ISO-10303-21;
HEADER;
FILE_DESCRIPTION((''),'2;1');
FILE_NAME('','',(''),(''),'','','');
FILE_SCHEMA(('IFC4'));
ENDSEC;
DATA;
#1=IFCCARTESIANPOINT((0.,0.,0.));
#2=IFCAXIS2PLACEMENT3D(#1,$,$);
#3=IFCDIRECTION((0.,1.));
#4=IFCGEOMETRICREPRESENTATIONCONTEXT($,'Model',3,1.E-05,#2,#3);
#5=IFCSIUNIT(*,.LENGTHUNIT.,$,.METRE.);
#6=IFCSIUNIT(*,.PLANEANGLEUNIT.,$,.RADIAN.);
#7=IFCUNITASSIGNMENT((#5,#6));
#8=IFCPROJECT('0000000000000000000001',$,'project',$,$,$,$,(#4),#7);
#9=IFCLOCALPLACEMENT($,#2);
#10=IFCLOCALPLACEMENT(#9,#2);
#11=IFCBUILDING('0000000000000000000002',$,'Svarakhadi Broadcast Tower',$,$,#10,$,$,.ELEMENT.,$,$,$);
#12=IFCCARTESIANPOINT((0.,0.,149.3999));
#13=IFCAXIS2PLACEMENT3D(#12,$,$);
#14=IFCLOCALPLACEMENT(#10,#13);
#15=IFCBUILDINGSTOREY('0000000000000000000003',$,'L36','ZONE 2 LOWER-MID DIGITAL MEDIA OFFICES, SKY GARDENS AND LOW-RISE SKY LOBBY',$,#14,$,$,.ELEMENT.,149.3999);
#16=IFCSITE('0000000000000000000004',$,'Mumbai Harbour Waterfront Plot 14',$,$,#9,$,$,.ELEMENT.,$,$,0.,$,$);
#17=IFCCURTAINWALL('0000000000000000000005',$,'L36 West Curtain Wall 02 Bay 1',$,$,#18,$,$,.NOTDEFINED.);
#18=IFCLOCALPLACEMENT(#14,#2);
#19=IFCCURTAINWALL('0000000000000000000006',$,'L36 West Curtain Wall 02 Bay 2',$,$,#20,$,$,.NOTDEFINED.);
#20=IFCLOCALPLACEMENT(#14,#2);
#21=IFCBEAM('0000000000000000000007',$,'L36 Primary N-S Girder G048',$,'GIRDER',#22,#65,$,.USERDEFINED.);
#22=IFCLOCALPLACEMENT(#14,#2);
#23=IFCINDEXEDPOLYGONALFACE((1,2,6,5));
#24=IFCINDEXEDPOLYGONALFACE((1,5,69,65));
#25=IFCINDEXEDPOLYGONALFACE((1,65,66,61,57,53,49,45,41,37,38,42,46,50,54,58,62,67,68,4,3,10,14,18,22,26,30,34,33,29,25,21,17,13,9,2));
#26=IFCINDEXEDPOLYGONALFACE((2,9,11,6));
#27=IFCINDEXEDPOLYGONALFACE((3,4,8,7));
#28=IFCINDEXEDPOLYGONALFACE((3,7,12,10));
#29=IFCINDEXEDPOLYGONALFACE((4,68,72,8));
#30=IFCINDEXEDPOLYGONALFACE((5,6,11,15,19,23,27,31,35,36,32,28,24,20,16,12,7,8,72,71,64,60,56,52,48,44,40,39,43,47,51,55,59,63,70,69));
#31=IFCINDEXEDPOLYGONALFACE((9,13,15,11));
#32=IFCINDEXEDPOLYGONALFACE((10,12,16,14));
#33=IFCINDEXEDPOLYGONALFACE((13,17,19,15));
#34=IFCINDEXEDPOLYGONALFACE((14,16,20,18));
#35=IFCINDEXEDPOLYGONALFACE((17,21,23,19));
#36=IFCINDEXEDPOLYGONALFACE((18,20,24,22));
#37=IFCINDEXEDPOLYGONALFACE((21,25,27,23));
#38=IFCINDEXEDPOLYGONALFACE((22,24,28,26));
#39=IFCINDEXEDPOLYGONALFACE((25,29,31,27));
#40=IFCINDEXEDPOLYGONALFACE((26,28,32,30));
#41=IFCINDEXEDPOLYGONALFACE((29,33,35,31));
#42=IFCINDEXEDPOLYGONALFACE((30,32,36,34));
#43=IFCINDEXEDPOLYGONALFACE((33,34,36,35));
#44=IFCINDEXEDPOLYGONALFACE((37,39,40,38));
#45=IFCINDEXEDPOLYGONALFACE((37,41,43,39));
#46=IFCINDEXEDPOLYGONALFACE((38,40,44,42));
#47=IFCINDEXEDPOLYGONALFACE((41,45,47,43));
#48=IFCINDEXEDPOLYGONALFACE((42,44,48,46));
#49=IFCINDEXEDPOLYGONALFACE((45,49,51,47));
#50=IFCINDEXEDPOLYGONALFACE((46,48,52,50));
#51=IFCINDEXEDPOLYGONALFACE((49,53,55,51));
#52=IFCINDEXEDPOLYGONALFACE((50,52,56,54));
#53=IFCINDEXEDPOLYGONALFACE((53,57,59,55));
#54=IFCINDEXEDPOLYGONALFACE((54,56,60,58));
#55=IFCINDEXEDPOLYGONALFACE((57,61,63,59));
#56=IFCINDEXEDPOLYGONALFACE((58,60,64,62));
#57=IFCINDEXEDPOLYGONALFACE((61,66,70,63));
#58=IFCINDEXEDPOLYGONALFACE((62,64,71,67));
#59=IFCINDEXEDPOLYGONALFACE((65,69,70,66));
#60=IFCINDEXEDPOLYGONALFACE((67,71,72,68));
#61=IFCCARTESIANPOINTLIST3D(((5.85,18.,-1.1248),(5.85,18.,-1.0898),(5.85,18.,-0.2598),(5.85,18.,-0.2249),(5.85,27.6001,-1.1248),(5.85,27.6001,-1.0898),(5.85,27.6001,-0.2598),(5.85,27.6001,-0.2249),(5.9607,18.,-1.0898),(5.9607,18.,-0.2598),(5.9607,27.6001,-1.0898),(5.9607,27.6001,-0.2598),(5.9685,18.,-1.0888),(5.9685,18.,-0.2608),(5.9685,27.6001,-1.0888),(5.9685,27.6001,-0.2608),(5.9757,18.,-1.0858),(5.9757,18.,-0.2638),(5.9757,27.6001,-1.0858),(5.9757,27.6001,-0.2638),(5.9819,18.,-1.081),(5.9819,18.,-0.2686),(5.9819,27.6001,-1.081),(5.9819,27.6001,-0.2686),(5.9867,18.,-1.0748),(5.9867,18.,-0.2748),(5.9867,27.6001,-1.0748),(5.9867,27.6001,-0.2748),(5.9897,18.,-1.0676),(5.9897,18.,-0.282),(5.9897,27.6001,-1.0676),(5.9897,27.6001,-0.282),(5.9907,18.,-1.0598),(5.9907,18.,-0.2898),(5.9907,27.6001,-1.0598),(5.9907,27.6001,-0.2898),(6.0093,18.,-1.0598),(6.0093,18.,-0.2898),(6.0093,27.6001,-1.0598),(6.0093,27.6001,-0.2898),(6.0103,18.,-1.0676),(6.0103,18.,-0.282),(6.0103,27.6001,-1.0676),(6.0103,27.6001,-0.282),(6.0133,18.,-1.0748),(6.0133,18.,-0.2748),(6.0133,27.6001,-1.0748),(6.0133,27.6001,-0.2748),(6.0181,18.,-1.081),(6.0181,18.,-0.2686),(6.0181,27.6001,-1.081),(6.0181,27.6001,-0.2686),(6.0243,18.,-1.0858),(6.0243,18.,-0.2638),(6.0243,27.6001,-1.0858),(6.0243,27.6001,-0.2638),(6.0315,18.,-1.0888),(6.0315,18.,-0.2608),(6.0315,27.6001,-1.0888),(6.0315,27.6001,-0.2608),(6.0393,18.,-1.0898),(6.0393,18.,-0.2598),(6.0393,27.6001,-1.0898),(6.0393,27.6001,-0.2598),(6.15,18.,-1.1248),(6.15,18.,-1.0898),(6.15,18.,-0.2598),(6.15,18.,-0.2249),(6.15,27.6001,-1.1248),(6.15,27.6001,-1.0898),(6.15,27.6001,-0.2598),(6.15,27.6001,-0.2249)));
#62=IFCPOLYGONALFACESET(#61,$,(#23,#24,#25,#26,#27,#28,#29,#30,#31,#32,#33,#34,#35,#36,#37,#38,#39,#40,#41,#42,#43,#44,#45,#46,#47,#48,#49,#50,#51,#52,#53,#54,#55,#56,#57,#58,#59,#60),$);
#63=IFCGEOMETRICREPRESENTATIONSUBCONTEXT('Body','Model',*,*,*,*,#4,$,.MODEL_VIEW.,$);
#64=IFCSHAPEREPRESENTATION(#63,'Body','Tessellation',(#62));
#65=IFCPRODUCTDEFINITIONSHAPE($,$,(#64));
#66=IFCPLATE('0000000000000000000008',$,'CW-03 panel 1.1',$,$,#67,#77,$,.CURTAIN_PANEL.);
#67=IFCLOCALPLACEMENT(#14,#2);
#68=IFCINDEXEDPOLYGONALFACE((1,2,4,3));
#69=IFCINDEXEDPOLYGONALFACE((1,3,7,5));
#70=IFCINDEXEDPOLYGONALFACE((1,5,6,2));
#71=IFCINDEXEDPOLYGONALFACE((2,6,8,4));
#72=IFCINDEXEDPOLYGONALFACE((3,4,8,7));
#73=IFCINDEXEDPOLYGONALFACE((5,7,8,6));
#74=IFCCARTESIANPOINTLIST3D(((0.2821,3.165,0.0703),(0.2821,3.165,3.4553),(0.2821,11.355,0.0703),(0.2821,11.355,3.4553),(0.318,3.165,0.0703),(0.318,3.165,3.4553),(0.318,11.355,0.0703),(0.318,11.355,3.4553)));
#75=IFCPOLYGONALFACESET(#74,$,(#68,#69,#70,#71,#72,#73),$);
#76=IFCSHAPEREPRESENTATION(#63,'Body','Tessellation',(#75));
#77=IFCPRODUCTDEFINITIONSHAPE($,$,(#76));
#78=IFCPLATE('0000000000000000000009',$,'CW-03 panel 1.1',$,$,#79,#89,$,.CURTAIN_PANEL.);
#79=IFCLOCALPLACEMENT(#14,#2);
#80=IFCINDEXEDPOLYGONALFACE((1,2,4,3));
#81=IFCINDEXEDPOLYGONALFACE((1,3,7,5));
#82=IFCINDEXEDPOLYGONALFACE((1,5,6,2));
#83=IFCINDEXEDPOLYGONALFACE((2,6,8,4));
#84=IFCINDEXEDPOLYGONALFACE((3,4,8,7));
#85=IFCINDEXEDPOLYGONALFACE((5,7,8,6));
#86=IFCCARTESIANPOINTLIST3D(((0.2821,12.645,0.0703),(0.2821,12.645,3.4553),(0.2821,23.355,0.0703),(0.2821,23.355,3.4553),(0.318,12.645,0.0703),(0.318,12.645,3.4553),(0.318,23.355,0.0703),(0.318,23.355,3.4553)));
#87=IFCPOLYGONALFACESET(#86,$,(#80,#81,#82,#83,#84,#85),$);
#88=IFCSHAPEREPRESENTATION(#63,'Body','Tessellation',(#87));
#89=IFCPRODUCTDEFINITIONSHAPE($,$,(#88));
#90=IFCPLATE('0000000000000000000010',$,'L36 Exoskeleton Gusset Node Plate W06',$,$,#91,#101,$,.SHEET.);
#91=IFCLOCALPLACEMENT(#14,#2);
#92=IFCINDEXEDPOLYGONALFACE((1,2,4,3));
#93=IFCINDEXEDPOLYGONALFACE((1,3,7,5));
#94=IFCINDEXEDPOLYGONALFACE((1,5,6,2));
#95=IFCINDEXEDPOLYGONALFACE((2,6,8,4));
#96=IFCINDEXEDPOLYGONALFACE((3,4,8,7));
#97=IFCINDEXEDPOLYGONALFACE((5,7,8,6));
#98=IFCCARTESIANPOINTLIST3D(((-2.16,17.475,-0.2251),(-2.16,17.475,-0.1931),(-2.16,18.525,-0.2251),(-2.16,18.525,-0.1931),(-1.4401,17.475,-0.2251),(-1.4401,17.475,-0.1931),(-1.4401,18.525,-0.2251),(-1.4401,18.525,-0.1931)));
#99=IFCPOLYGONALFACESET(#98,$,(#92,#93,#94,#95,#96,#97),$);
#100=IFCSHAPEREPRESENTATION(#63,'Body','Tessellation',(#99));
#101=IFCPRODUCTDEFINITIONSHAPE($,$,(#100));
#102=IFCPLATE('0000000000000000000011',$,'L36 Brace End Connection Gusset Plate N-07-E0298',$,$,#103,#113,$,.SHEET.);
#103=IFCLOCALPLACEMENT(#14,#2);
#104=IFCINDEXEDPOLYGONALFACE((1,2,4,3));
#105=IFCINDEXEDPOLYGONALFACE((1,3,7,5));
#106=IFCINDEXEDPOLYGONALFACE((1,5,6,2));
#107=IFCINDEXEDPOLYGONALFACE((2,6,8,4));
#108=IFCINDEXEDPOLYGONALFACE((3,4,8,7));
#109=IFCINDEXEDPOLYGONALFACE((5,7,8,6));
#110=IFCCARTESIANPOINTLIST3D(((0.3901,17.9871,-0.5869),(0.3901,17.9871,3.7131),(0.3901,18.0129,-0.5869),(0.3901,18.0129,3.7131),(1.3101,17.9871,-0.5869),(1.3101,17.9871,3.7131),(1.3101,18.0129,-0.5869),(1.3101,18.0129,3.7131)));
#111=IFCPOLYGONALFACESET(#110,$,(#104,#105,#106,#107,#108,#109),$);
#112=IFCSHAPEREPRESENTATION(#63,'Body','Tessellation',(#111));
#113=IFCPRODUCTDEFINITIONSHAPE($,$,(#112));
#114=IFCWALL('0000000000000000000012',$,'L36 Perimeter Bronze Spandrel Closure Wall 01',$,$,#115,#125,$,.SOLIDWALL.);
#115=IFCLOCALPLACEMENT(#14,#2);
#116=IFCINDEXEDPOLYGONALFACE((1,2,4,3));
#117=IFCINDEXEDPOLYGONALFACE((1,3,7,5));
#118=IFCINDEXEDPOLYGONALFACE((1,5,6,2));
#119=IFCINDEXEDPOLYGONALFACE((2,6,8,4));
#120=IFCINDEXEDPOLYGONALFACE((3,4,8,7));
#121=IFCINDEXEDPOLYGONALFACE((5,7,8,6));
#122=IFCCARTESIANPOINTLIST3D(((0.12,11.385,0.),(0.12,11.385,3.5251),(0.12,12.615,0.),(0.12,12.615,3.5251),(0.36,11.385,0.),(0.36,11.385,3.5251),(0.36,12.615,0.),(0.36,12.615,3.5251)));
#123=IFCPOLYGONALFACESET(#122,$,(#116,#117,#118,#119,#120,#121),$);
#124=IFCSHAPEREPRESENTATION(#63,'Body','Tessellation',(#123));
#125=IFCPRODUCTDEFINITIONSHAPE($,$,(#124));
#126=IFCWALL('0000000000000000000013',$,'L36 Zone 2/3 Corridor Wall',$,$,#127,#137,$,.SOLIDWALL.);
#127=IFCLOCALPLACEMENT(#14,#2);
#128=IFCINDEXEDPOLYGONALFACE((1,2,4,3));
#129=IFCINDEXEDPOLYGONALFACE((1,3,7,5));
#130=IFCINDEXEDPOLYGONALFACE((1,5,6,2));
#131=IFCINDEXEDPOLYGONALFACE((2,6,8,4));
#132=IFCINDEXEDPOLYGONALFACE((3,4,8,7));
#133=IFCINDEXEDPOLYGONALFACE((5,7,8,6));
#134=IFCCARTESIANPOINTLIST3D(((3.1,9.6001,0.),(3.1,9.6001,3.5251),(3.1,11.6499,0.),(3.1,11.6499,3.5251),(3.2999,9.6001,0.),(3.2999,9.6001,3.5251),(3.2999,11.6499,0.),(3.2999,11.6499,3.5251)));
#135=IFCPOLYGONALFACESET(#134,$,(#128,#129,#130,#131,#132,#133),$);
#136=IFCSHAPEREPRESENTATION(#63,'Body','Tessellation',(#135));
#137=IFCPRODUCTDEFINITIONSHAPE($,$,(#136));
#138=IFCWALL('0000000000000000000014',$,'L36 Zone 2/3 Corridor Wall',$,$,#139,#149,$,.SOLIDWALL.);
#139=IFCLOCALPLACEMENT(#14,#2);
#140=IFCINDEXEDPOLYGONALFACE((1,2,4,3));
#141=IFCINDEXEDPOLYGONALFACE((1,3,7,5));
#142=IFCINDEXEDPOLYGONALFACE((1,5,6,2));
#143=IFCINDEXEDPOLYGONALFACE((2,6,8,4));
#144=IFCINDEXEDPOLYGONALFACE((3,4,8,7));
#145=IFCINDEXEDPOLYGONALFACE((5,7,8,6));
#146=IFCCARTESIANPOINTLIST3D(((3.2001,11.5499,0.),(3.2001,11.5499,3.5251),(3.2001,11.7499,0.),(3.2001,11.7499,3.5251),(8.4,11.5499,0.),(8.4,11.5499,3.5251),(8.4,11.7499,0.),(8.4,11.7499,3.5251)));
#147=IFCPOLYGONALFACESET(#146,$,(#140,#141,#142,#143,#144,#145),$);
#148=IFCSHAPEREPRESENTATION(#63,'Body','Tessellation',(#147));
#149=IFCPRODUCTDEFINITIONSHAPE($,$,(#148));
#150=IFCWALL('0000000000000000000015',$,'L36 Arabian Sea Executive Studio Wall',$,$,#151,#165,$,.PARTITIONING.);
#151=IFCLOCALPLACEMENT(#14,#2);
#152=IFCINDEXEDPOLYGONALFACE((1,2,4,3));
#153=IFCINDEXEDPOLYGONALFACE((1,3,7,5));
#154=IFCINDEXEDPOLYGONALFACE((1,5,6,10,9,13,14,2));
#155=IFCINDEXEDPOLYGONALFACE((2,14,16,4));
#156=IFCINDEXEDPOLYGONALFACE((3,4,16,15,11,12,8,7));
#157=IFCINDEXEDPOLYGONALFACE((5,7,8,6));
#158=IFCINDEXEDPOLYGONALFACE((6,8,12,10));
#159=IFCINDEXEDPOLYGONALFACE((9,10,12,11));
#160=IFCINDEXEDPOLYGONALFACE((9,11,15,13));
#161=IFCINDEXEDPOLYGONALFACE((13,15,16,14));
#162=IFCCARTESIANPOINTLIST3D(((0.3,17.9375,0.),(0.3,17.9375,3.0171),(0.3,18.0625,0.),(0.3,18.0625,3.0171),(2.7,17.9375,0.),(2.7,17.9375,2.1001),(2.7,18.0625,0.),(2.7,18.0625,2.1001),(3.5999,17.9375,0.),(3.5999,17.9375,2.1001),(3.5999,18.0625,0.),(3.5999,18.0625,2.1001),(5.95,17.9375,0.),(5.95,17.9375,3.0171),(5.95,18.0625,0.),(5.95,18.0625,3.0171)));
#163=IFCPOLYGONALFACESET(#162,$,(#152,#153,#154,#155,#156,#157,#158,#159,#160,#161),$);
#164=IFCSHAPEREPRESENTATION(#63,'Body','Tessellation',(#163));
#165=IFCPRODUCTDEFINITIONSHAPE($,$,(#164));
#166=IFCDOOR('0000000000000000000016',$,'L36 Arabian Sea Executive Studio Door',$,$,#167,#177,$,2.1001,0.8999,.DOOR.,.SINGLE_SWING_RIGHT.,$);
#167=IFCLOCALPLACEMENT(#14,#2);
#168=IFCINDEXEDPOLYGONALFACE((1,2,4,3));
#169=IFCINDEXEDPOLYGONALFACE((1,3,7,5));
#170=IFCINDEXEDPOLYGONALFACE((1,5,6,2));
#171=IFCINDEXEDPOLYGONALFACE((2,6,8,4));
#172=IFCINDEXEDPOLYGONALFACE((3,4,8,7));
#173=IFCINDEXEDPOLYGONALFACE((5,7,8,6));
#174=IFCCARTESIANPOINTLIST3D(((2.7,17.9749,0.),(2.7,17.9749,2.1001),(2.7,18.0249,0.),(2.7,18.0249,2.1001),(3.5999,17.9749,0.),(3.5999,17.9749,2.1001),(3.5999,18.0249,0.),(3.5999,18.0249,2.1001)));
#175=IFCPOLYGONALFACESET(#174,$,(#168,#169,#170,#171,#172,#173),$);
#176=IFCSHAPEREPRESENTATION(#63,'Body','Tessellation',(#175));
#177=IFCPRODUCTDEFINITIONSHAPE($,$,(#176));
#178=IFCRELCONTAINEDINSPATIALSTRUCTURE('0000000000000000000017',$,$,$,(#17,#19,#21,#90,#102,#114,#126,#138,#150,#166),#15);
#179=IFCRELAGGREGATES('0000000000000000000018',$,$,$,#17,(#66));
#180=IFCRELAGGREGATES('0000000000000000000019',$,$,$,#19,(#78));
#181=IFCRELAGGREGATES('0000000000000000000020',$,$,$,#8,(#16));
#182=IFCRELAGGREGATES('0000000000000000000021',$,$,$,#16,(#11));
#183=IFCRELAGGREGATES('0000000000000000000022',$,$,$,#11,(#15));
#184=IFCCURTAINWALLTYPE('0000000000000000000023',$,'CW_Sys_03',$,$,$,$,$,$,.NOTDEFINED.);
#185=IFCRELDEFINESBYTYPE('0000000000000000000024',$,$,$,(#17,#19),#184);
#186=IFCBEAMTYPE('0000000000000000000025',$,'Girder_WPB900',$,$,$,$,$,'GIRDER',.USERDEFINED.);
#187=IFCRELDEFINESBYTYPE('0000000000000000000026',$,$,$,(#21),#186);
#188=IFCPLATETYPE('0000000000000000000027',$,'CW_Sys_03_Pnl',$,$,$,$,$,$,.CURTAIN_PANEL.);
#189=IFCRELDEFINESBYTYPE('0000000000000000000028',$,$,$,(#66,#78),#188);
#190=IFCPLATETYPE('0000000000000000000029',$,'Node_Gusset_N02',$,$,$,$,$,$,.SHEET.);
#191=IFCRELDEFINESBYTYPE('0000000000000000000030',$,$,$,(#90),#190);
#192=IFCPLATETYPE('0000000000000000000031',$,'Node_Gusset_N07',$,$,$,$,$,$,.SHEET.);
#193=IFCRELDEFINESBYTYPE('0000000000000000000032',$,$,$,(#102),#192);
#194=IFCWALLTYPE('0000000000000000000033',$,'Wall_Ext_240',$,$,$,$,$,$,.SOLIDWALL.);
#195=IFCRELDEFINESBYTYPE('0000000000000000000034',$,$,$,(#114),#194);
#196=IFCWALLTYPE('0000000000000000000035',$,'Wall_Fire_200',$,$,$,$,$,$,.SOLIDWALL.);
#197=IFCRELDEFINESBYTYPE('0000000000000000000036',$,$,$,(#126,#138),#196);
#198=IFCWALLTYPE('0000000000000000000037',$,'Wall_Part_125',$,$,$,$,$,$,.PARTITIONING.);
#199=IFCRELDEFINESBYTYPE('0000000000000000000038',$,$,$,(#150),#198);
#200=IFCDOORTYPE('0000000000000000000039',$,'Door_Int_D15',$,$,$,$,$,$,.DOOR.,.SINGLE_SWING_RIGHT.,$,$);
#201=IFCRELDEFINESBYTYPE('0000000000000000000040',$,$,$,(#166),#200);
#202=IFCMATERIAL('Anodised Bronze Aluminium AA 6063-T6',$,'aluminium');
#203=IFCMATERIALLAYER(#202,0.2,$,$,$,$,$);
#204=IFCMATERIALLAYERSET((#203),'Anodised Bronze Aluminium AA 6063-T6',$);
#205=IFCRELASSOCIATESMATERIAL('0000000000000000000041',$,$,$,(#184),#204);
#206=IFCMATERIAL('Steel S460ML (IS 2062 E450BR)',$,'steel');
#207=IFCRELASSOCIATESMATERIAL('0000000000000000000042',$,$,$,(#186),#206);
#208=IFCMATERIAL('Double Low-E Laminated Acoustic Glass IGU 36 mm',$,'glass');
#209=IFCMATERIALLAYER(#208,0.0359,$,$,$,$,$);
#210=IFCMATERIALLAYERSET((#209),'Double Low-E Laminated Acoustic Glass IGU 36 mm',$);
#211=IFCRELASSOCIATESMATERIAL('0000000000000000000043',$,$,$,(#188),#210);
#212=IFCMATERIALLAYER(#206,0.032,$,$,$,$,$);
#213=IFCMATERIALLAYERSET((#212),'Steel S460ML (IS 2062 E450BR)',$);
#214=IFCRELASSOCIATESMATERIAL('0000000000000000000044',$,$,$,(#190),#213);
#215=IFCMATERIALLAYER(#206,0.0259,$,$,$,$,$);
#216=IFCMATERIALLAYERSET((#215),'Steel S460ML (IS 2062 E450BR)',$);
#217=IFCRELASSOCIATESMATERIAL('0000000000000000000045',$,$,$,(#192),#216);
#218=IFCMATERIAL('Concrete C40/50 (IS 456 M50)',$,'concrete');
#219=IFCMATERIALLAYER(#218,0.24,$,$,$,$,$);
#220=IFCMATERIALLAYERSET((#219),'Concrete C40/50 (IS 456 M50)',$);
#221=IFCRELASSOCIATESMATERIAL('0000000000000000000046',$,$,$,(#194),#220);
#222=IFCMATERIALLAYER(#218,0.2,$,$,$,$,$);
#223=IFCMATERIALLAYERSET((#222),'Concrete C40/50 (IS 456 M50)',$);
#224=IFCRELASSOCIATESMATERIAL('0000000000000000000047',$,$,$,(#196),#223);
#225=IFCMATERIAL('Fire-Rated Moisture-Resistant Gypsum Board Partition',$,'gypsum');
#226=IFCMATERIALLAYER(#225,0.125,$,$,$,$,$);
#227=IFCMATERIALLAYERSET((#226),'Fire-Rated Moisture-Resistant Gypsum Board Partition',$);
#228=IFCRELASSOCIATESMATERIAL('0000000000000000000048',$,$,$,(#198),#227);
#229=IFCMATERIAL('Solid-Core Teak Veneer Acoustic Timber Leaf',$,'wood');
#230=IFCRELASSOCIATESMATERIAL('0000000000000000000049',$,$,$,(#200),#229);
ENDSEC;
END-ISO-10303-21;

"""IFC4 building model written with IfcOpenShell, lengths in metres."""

from ifc_helpers import new_model, si_unit, direction, frame, frame_2d, origin, origin_2d, place, context, subcontext, project, spatial, rectangle, i_section, extrude, material, layer, layer_set, material_profile, profile_set, type_object, element, fill, aggregate, save


model = new_model("IFC4")

# Units and contexts
model_context = context("Model", 3, precision=1e-05, world=origin(), true_north=direction((0.0, 1.0)))
body_context = subcontext(model_context, "Body", "Model", "MODEL_VIEW")
ifc_project = project(units=[si_unit("LENGTHUNIT", "METRE"), si_unit("PLANEANGLEUNIT", "RADIAN")], contexts=[model_context])

# Site, building, storey
site_placement = place(None, origin())
site = spatial("IfcSite", under=ifc_project, at=site_placement, Name="Mumbai Harbour Waterfront Plot 14", CompositionType="ELEMENT", RefElevation=0.0)
building_placement = place(site_placement, origin())
building = spatial("IfcBuilding", under=site, at=building_placement, Name="Svarakhadi Broadcast Tower", CompositionType="ELEMENT")
storey_placement = place(building_placement, frame((0.0, 0.0, 149.3999)))
storey = spatial("IfcBuildingStorey", under=building, at=storey_placement, Name="L36", Description="ZONE 2 LOWER-MID DIGITAL MEDIA OFFICES, SKY GARDENS AND LOW-RISE SKY LOBBY", CompositionType="ELEMENT", Elevation=149.3999)

# Shared definitions
ifc_material_1 = material(Name="Steel S460ML (IS 2062 E450BR)", Category="steel")

# Curtain wall
ifc_material_2 = material(Name="Anodised Bronze Aluminium AA 6063-T6", Category="aluminium")
ifc_layer_1 = layer(ifc_material_2, 0.2)
ifc_layer_set_1 = layer_set([ifc_layer_1], Name="Anodised Bronze Aluminium AA 6063-T6")
curtain_wall_type = type_object("IfcCurtainWallType", Name="CW_Sys_03", PredefinedType="NOTDEFINED", material=ifc_layer_set_1)
curtain_wall_1_placement = place(storey_placement, origin())
curtain_wall_1 = element("IfcCurtainWall", 1, at=curtain_wall_1_placement, inside=storey, type_object=curtain_wall_type, Name="L36 West Curtain Wall 02 Bay 1", PredefinedType="NOTDEFINED")

# Curtain wall
curtain_wall_2_placement = place(storey_placement, origin())
curtain_wall_2 = element("IfcCurtainWall", 2, at=curtain_wall_2_placement, inside=storey, type_object=curtain_wall_type, Name="L36 West Curtain Wall 02 Bay 2", PredefinedType="NOTDEFINED")

# Beam
ifc_material_profile_1 = material_profile(ifc_material_1, i_section(OverallWidth=0.3, OverallDepth=0.8999, WebThickness=0.0186, FlangeThickness=0.0349, FilletRadius=0.03, at=origin_2d()), Name="WPB 900x300x291")
ifc_profile_set_1 = profile_set([ifc_material_profile_1], Name="Steel S460ML (IS 2062 E450BR)")
beam_type_1 = type_object("IfcBeamType", Name="Girder_WPB900", ElementType="GIRDER", PredefinedType="USERDEFINED", material=ifc_profile_set_1)
beam_1_placement = place(storey_placement, frame((6.0, 18.0, -0.6748), z_axis=(0.0, 1.0, 0.0), x_axis=(-1.0, 0.0, 0.0)))
element("IfcBeam", 3, at=beam_1_placement, inside=storey, type_object=beam_type_1, Name="L36 Primary N-S Girder G048", ObjectType="GIRDER", PredefinedType="USERDEFINED", context=body_context, shape_type="SweptSolid", body=[
    extrude(i_section(OverallWidth=0.3, OverallDepth=0.8999, WebThickness=0.0186, FlangeThickness=0.0349, FilletRadius=0.03, at=origin_2d()), origin(), (0.0, 0.0, 1.0), 9.6001),
])

# Plates
ifc_material_3 = material(Name="Double Low-E Laminated Acoustic Glass IGU 36 mm", Category="glass")
ifc_layer_2 = layer(ifc_material_3, 0.0359)
ifc_layer_set_2 = layer_set([ifc_layer_2], Name="Double Low-E Laminated Acoustic Glass IGU 36 mm")
plate_type_1 = type_object("IfcPlateType", Name="CW_Sys_03_Pnl", PredefinedType="CURTAIN_PANEL", material=ifc_layer_set_2)
plate_1_placement = place(storey_placement, frame((0.3, 7.26, 0.0703), z_axis=(0.0, 0.0, 1.0), x_axis=(0.0, 1.0, 0.0)))
plate_1 = element("IfcPlate", 4, at=plate_1_placement, type_object=plate_type_1, Name="CW-03 panel 1.1", PredefinedType="CURTAIN_PANEL", context=body_context, shape_type="SweptSolid", body=[
    extrude(rectangle(XDim=8.1899, YDim=0.0359, at=origin_2d()), origin(), (0.0, 0.0, 1.0), 3.385),
])
aggregate(curtain_wall_1, [plate_1])
plate_2_placement = place(storey_placement, frame((0.3, 18.0, 0.0703), z_axis=(0.0, 0.0, 1.0), x_axis=(0.0, 1.0, 0.0)))
plate_2 = element("IfcPlate", 5, at=plate_2_placement, type_object=plate_type_1, Name="CW-03 panel 1.1", PredefinedType="CURTAIN_PANEL", context=body_context, shape_type="SweptSolid", body=[
    extrude(rectangle(XDim=10.71, YDim=0.0359, at=origin_2d()), origin(), (0.0, 0.0, 1.0), 3.385),
])
aggregate(curtain_wall_2, [plate_2])

# Plates
ifc_layer_3 = layer(ifc_material_1, 0.032)
ifc_layer_set_3 = layer_set([ifc_layer_3], Name="Steel S460ML (IS 2062 E450BR)")
plate_type_2 = type_object("IfcPlateType", Name="Node_Gusset_N02", PredefinedType="SHEET", material=ifc_layer_set_3)
plate_3_placement = place(storey_placement, frame((-1.8, 18.0, -0.2251), z_axis=(0.0, 0.0, 1.0), x_axis=(0.0, 1.0, 0.0)))
element("IfcPlate", 6, at=plate_3_placement, inside=storey, type_object=plate_type_2, Name="L36 Exoskeleton Gusset Node Plate W06", PredefinedType="SHEET", context=body_context, shape_type="SweptSolid", body=[
    extrude(rectangle(XDim=1.05, YDim=0.72, at=origin_2d()), origin(), (0.0, 0.0, 1.0), 0.032),
])
ifc_layer_4 = layer(ifc_material_1, 0.0259)
ifc_layer_set_4 = layer_set([ifc_layer_4], Name="Steel S460ML (IS 2062 E450BR)")
plate_type_3 = type_object("IfcPlateType", Name="Node_Gusset_N07", PredefinedType="SHEET", material=ifc_layer_set_4)
plate_4_placement = place(storey_placement, frame((0.8501, 18.0, -0.5869), z_axis=(0.0, 0.0, 1.0), x_axis=(1.0, 0.0, 0.0)))
element("IfcPlate", 7, at=plate_4_placement, inside=storey, type_object=plate_type_3, Name="L36 Brace End Connection Gusset Plate N-07-E0298", PredefinedType="SHEET", context=body_context, shape_type="SweptSolid", body=[
    extrude(rectangle(XDim=0.9199, YDim=0.0259, at=origin_2d()), origin(), (0.0, 0.0, 1.0), 4.3),
])

# Walls
ifc_material_4 = material(Name="Concrete C40/50 (IS 456 M50)", Category="concrete")
ifc_layer_5 = layer(ifc_material_4, 0.24)
ifc_layer_set_5 = layer_set([ifc_layer_5], Name="Concrete C40/50 (IS 456 M50)")
wall_type_1 = type_object("IfcWallType", Name="Wall_Ext_240", PredefinedType="SOLIDWALL", material=ifc_layer_set_5)
wall_1_placement = place(storey_placement, frame((0.24, 11.385, 0.0), z_axis=(0.0, 0.0, 1.0), x_axis=(0.0, 1.0, 0.0)))
element("IfcWall", 8, at=wall_1_placement, inside=storey, type_object=wall_type_1, Name="L36 Perimeter Bronze Spandrel Closure Wall 01", PredefinedType="SOLIDWALL", context=body_context, shape_type="SweptSolid", body=[
    extrude(rectangle(XDim=1.23, YDim=0.24, at=frame_2d((0.615, 0.0))), origin(), (0.0, 0.0, 1.0), 3.5251),
])
ifc_layer_6 = layer(ifc_material_4, 0.2)
ifc_layer_set_6 = layer_set([ifc_layer_6], Name="Concrete C40/50 (IS 456 M50)")
wall_type_2 = type_object("IfcWallType", Name="Wall_Fire_200", PredefinedType="SOLIDWALL", material=ifc_layer_set_6)
wall_2_placement = place(storey_placement, frame((3.2, 9.6001, 0.0), z_axis=(0.0, 0.0, 1.0), x_axis=(0.0, 1.0, 0.0)))
element("IfcWall", 9, at=wall_2_placement, inside=storey, type_object=wall_type_2, Name="L36 Zone 2/3 Corridor Wall", PredefinedType="SOLIDWALL", context=body_context, shape_type="SweptSolid", body=[
    extrude(rectangle(XDim=2.0498, YDim=0.2, at=frame_2d((1.0249, 0.0))), origin(), (0.0, 0.0, 1.0), 3.5251),
])
wall_3_placement = place(storey_placement, frame((3.2, 11.6499, 0.0), z_axis=(0.0, 0.0, 1.0), x_axis=(1.0, 0.0, 0.0)))
element("IfcWall", 10, at=wall_3_placement, inside=storey, type_object=wall_type_2, Name="L36 Zone 2/3 Corridor Wall", PredefinedType="SOLIDWALL", context=body_context, shape_type="SweptSolid", body=[
    extrude(rectangle(XDim=5.2, YDim=0.2, at=frame_2d((2.6001, 0.0))), origin(), (0.0, 0.0, 1.0), 3.5251),
])

# Wall, opening, door
ifc_material_5 = material(Name="Fire-Rated Moisture-Resistant Gypsum Board Partition", Category="gypsum")
ifc_layer_7 = layer(ifc_material_5, 0.125)
ifc_layer_set_7 = layer_set([ifc_layer_7], Name="Fire-Rated Moisture-Resistant Gypsum Board Partition")
wall_type_3 = type_object("IfcWallType", Name="Wall_Part_125", PredefinedType="PARTITIONING", material=ifc_layer_set_7)
wall_4_placement = place(storey_placement, frame((0.3, 18.0, 0.0), z_axis=(0.0, 0.0, 1.0), x_axis=(1.0, 0.0, 0.0)))
wall_4 = element("IfcWall", 11, at=wall_4_placement, inside=storey, type_object=wall_type_3, Name="L36 Arabian Sea Executive Studio Wall", PredefinedType="PARTITIONING", context=body_context, shape_type="SweptSolid", body=[
    extrude(rectangle(XDim=5.6499, YDim=0.125, at=frame_2d((2.825, 0.0))), origin(), (0.0, 0.0, 1.0), 3.0171),
])
opening_placement = place(wall_4_placement, frame((2.3999, 0.0, 0.0)))
opening = element("IfcOpeningElement", 12, at=opening_placement, cuts=wall_4, PredefinedType="OPENING", context=body_context, shape_type="SweptSolid", body=[
    extrude(rectangle(XDim=0.8999, YDim=2.1001, at=frame_2d((0.45, 1.05))), frame((0.0, 0.0725, 0.0), z_axis=(0.0, -1.0, 0.0), x_axis=(1.0, 0.0, 0.0)), (0.0, 0.0, 1.0), 0.145),
])
ifc_material_6 = material(Name="Solid-Core Teak Veneer Acoustic Timber Leaf", Category="wood")
door_type = type_object("IfcDoorType", Name="Door_Int_D15", OperationType="SINGLE_SWING_RIGHT", PredefinedType="DOOR", material=ifc_material_6)
door_placement = place(opening_placement, origin())
door = element("IfcDoor", 13, at=door_placement, inside=storey, type_object=door_type, Name="L36 Arabian Sea Executive Studio Door", OperationType="SINGLE_SWING_RIGHT", OverallHeight=2.1001, OverallWidth=0.8999, PredefinedType="DOOR", context=body_context, shape_type="SweptSolid", body=[
    extrude(rectangle(XDim=0.8999, YDim=2.1001, at=frame_2d((0.45, 1.05))), frame((0.0, 0.0249, 0.0), z_axis=(0.0, -1.0, 0.0), x_axis=(1.0, 0.0, 0.0)), (0.0, 0.0, 1.0), 0.05),
])
fill(opening, door)

save(model, "model.ifc")
